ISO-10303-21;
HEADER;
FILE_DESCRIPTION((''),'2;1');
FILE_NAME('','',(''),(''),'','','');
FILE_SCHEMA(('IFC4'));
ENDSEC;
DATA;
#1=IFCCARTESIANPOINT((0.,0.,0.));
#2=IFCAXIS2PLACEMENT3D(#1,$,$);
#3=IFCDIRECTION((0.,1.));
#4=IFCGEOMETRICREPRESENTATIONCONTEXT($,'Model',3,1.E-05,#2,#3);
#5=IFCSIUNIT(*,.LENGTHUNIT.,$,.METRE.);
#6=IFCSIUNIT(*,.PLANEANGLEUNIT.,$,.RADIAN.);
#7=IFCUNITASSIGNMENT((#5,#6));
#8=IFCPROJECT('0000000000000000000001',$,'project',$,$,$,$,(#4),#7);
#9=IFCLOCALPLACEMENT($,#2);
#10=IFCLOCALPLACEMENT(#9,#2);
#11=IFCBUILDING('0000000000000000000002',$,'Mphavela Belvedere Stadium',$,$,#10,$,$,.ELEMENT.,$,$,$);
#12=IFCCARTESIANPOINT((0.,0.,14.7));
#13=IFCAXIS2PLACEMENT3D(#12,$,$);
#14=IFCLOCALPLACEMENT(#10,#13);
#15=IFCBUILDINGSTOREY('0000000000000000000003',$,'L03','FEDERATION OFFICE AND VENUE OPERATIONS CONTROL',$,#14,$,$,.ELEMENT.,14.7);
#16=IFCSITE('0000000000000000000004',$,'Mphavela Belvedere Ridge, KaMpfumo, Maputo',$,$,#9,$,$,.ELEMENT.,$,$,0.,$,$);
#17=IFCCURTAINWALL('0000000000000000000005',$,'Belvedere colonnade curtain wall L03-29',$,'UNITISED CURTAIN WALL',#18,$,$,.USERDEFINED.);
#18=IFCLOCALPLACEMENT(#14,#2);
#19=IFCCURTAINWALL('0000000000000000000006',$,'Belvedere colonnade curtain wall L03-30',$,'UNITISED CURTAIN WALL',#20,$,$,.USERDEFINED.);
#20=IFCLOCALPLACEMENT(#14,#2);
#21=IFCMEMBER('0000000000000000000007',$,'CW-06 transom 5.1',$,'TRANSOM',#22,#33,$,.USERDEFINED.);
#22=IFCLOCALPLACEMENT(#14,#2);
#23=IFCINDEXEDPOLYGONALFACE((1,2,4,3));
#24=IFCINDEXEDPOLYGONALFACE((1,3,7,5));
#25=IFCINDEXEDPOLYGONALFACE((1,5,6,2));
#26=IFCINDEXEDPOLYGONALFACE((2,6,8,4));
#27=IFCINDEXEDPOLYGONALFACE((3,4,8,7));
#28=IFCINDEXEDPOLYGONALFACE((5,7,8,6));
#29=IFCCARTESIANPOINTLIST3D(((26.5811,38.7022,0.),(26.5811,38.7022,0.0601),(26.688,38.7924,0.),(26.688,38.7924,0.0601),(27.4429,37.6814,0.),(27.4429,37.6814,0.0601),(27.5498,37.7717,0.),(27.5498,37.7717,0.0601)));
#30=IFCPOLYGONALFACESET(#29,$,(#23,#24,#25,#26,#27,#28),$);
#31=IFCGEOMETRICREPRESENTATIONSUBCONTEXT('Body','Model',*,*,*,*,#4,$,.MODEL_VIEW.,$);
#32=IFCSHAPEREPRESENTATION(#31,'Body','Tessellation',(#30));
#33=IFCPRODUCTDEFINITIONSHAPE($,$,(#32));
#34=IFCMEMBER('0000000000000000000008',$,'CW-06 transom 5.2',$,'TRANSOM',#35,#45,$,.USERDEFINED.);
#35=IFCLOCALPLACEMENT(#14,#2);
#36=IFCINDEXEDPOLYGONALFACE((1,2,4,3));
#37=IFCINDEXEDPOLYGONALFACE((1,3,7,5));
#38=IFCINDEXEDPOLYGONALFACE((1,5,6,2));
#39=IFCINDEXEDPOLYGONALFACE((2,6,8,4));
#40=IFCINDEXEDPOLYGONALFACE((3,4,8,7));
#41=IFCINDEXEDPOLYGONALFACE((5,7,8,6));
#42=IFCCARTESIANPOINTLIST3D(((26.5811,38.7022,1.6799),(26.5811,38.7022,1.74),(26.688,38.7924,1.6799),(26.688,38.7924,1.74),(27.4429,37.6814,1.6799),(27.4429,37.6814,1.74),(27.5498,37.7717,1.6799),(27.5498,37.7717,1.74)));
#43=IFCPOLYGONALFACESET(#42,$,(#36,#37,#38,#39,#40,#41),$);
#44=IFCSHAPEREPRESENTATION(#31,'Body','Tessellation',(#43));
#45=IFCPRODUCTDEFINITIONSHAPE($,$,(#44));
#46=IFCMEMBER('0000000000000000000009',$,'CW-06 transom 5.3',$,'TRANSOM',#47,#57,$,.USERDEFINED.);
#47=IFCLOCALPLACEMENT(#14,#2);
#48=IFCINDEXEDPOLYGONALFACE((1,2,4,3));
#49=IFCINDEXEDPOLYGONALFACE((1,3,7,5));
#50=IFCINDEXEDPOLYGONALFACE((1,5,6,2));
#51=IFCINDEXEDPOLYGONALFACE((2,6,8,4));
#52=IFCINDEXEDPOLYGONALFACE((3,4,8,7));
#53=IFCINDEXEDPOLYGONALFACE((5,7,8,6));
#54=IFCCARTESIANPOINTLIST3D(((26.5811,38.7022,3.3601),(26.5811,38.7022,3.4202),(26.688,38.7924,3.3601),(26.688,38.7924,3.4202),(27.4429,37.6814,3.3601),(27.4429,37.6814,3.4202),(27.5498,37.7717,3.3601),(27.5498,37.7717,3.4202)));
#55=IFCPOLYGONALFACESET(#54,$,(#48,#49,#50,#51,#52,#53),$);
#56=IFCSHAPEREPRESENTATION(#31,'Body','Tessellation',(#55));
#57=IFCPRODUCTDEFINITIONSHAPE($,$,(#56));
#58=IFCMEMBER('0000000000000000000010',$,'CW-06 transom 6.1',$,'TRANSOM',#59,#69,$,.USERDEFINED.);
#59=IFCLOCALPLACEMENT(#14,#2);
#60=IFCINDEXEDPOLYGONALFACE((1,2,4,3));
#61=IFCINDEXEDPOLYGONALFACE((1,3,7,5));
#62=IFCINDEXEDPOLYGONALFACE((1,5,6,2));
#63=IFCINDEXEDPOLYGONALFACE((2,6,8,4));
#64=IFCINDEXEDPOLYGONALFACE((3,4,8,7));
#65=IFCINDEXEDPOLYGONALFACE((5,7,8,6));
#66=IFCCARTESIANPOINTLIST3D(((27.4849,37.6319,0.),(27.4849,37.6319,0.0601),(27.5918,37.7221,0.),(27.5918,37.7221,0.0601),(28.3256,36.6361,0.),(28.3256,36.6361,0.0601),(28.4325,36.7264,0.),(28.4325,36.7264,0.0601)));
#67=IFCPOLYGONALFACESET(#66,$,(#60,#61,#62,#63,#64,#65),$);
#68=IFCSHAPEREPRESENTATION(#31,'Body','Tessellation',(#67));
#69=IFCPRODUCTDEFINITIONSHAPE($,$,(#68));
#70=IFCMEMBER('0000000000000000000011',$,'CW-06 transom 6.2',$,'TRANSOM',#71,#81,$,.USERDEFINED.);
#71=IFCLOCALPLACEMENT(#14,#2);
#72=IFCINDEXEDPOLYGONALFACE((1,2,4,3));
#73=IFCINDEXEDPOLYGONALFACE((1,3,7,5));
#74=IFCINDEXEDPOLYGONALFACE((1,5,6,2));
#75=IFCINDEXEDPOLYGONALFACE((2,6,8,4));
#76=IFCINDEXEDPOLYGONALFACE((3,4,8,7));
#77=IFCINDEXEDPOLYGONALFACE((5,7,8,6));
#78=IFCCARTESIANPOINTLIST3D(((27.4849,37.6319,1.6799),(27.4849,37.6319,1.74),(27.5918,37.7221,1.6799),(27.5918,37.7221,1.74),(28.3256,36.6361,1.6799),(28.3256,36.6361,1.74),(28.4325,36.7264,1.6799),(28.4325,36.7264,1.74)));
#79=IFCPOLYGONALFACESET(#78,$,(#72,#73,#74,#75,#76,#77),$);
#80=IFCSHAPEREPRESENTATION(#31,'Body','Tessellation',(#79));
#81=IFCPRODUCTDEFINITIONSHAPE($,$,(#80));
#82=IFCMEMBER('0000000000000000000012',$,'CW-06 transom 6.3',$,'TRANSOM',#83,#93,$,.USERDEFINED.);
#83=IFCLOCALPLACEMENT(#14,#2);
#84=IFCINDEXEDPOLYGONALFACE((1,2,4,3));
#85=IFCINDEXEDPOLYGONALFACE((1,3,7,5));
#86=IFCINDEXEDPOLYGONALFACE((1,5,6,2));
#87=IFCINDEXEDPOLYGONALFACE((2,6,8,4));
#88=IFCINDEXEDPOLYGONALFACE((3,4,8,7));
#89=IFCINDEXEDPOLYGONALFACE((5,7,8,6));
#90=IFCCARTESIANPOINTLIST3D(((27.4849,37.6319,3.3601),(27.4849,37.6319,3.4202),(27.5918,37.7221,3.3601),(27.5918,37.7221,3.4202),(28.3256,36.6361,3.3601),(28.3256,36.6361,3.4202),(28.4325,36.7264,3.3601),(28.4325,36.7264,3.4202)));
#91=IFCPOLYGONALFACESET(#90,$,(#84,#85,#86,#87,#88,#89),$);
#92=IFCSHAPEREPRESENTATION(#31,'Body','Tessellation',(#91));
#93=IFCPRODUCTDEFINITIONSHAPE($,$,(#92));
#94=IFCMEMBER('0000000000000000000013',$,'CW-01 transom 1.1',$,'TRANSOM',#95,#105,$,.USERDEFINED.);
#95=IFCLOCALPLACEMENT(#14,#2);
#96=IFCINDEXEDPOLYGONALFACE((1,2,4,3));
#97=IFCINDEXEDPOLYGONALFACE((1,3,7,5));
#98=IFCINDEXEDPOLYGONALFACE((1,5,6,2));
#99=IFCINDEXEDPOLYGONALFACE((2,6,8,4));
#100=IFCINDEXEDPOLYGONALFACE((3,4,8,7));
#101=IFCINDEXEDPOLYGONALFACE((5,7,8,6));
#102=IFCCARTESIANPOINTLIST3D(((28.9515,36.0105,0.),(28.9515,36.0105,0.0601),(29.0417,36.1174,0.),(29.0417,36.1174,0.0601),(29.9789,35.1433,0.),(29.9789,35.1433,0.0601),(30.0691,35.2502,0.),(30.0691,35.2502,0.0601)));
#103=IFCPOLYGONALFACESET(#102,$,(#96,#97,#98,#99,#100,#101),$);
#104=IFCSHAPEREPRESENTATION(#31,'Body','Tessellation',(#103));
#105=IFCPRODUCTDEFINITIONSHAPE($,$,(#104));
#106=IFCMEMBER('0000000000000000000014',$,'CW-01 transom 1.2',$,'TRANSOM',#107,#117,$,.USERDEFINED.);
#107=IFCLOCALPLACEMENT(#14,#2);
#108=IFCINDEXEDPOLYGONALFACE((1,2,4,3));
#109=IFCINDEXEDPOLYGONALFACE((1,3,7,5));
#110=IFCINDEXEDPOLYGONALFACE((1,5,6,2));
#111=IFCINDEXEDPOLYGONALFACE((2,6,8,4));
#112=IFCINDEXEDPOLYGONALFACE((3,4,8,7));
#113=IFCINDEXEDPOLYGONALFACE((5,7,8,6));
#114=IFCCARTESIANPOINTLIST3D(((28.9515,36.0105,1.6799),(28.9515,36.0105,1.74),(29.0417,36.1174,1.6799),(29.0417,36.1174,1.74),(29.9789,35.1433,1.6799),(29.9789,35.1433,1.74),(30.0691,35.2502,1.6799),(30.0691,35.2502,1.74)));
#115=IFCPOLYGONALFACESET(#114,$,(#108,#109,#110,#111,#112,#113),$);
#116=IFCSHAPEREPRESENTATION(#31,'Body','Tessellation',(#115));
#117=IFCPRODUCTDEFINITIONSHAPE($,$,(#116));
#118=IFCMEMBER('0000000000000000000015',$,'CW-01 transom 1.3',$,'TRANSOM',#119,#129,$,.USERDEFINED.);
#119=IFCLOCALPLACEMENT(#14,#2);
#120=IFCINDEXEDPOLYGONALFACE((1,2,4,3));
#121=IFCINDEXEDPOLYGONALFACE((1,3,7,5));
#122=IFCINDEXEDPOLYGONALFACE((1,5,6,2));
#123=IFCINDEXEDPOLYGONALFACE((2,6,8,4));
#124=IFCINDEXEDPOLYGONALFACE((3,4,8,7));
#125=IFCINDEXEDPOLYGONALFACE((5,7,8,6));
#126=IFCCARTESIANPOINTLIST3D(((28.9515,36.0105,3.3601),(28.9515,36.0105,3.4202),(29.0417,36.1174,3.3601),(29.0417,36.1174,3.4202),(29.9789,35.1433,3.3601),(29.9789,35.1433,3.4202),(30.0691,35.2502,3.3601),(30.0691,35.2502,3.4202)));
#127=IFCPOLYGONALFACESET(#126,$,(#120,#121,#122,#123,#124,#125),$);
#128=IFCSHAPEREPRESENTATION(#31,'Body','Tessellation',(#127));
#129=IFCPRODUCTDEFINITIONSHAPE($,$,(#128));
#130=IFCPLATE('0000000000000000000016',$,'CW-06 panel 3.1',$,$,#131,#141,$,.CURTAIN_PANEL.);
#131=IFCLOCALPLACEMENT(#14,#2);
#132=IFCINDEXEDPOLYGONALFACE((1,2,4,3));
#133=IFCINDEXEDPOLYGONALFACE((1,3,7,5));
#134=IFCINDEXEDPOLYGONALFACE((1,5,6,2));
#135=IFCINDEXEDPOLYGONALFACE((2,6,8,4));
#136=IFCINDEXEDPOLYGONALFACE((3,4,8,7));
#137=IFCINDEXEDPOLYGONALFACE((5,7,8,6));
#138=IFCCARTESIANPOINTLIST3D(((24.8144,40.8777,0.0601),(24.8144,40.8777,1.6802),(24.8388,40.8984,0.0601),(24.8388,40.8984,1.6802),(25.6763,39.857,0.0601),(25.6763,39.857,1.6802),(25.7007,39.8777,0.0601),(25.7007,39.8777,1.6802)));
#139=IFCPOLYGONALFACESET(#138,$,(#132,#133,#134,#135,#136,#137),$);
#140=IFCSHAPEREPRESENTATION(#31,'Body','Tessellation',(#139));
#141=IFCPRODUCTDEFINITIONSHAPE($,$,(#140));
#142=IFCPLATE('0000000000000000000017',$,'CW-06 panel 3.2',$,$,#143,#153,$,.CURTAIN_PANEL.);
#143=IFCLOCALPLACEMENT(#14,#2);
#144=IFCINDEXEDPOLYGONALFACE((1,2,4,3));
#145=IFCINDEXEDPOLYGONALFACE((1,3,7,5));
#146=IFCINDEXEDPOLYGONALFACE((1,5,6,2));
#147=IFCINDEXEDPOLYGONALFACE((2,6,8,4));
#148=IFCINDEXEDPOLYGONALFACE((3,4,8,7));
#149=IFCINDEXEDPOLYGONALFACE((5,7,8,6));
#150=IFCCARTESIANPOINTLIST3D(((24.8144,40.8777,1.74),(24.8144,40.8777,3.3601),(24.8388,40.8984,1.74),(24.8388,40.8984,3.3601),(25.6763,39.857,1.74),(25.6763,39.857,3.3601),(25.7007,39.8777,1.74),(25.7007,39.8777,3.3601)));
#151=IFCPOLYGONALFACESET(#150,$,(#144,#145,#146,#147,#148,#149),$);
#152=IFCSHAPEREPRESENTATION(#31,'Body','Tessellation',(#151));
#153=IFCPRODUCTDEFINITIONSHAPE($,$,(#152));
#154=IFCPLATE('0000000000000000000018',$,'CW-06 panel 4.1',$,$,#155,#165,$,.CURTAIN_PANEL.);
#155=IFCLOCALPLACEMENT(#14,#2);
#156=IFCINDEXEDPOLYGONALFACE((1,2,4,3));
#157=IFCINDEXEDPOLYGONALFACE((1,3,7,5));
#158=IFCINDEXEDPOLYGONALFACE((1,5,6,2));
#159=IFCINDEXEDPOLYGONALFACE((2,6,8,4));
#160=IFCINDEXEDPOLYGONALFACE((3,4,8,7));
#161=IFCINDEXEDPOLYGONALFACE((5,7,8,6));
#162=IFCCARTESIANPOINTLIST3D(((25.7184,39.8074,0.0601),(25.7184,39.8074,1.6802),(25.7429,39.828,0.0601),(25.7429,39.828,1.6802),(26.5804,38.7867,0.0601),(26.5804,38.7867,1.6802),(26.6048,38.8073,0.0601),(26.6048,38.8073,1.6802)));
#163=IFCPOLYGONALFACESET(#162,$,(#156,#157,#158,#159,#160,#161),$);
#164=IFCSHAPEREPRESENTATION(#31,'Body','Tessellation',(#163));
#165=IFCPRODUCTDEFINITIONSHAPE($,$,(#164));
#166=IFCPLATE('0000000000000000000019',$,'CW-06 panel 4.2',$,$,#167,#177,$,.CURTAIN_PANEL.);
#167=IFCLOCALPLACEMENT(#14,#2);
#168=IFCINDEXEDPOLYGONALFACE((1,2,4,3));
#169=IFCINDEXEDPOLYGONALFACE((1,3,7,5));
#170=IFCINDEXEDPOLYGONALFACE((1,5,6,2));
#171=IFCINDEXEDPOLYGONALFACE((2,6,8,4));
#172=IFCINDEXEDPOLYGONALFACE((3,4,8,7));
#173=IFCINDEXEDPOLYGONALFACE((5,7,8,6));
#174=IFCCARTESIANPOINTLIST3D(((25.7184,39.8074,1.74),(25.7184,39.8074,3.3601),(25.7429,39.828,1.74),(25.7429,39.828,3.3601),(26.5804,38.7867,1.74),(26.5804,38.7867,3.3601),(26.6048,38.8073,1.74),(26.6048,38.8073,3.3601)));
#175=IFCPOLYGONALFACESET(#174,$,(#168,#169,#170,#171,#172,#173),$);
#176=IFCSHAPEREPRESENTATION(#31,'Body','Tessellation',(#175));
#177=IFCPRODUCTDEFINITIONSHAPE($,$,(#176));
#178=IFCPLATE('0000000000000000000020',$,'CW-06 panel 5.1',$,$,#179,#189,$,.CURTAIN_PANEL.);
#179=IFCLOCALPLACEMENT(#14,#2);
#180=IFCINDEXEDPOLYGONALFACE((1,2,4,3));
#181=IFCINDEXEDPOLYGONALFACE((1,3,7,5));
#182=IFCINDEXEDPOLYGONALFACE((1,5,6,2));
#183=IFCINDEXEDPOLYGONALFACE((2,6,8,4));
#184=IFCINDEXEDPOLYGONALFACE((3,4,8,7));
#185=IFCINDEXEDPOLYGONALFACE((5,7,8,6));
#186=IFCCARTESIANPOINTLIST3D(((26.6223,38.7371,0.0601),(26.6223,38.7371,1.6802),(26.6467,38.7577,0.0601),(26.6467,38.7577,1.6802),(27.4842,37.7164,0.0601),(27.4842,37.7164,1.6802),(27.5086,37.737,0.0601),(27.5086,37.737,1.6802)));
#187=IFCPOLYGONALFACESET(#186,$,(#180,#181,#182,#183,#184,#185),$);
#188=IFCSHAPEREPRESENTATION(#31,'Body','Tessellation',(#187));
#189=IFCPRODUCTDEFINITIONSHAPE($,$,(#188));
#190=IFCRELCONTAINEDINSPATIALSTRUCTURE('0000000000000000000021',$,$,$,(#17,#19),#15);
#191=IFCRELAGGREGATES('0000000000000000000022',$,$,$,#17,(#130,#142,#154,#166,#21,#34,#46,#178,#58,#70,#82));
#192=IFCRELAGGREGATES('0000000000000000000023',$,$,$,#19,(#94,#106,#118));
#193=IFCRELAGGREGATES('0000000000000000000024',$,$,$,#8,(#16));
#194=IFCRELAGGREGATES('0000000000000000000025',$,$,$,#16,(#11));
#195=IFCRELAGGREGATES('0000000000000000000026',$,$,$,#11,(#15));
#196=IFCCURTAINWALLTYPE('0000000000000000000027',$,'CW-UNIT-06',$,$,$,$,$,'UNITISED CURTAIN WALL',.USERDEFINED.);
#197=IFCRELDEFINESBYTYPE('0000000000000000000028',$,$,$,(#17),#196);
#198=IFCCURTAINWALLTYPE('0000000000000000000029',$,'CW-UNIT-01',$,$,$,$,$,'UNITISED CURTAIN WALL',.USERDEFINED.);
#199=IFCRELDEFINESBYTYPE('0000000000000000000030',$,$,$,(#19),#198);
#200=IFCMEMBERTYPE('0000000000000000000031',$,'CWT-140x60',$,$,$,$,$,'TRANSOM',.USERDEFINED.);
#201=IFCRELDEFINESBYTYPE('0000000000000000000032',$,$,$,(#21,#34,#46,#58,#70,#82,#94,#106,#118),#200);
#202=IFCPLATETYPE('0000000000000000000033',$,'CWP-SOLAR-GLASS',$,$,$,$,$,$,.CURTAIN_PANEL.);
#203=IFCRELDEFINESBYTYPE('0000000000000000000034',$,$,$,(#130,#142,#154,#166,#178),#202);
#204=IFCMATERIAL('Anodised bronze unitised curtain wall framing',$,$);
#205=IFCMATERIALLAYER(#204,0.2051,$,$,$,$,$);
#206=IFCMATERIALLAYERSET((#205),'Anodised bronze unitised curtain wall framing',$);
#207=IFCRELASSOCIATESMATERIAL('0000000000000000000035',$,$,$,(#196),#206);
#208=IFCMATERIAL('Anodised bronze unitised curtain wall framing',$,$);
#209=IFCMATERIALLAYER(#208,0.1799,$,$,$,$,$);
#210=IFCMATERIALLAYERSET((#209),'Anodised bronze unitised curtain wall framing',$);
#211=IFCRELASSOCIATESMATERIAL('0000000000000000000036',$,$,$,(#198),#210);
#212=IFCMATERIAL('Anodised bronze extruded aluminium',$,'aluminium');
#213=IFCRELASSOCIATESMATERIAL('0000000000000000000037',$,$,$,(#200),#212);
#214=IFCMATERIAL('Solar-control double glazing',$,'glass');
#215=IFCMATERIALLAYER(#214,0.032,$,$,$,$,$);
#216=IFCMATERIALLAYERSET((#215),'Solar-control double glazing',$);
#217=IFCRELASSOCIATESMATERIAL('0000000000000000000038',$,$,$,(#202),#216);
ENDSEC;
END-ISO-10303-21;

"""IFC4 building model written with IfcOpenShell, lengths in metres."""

from ifc_helpers import new_model, si_unit, direction, frame, origin, origin_2d, place, context, subcontext, project, spatial, rectangle, extrude, material, layer, layer_set, material_profile, profile_set, type_object, element, aggregate, save


model = new_model("IFC4")

# Units and contexts
model_context = context("Model", 3, precision=1e-05, world=origin(), true_north=direction((0.0, 1.0)))
body_context = subcontext(model_context, "Body", "Model", "MODEL_VIEW")
ifc_project = project(units=[si_unit("LENGTHUNIT", "METRE"), si_unit("PLANEANGLEUNIT", "RADIAN")], contexts=[model_context])

# Site, building, storey
site_placement = place(None, origin())
site = spatial("IfcSite", under=ifc_project, at=site_placement, Name="Mphavela Belvedere Ridge, KaMpfumo, Maputo", CompositionType="ELEMENT", RefElevation=0.0)
building_placement = place(site_placement, origin())
building = spatial("IfcBuilding", under=site, at=building_placement, Name="Mphavela Belvedere Stadium", CompositionType="ELEMENT")
storey_placement = place(building_placement, frame((0.0, 0.0, 14.7)))
storey = spatial("IfcBuildingStorey", under=building, at=storey_placement, Name="L03", Description="FEDERATION OFFICE AND VENUE OPERATIONS CONTROL", CompositionType="ELEMENT", Elevation=14.7)

# Curtain wall
ifc_material_1 = material(Name="Anodised bronze unitised curtain wall framing")
ifc_layer_1 = layer(ifc_material_1, 0.2051)
ifc_layer_set_1 = layer_set([ifc_layer_1], Name="Anodised bronze unitised curtain wall framing")
curtain_wall_type_1 = type_object("IfcCurtainWallType", Name="CW-UNIT-06", ElementType="UNITISED CURTAIN WALL", PredefinedType="USERDEFINED", material=ifc_layer_set_1)
curtain_wall_1_placement = place(storey_placement, origin())
curtain_wall_1 = element("IfcCurtainWall", 1, at=curtain_wall_1_placement, inside=storey, type_object=curtain_wall_type_1, Name="Belvedere colonnade curtain wall L03-29", ObjectType="UNITISED CURTAIN WALL", PredefinedType="USERDEFINED")

# Curtain wall
ifc_material_2 = material(Name="Anodised bronze unitised curtain wall framing")
ifc_layer_2 = layer(ifc_material_2, 0.1799)
ifc_layer_set_2 = layer_set([ifc_layer_2], Name="Anodised bronze unitised curtain wall framing")
curtain_wall_type_2 = type_object("IfcCurtainWallType", Name="CW-UNIT-01", ElementType="UNITISED CURTAIN WALL", PredefinedType="USERDEFINED", material=ifc_layer_set_2)
curtain_wall_2_placement = place(storey_placement, origin())
curtain_wall_2 = element("IfcCurtainWall", 2, at=curtain_wall_2_placement, inside=storey, type_object=curtain_wall_type_2, Name="Belvedere colonnade curtain wall L03-30", ObjectType="UNITISED CURTAIN WALL", PredefinedType="USERDEFINED")

# Members
ifc_material_3 = material(Name="Anodised bronze extruded aluminium", Category="aluminium")
ifc_material_profile_1 = material_profile(ifc_material_3, rectangle(XDim=0.1399, YDim=0.0601, at=origin_2d()), Name="CW-TRN 140x60")
ifc_profile_set_1 = profile_set([ifc_material_profile_1], Name="Anodised bronze extruded aluminium")
member_type_1 = type_object("IfcMemberType", Name="CWT-140x60", ElementType="TRANSOM", PredefinedType="USERDEFINED", material=ifc_profile_set_1)
member_1_placement = place(storey_placement, frame((26.6345, 38.7473, 0.03), z_axis=(0.645114, -0.764086, 0.0), x_axis=(0.764086, 0.645114, 0.0)))
member_1 = element("IfcMember", 3, at=member_1_placement, type_object=member_type_1, Name="CW-06 transom 5.1", ObjectType="TRANSOM", PredefinedType="USERDEFINED", context=body_context, shape_type="SweptSolid", body=[
    extrude(rectangle(XDim=0.1399, YDim=0.0601, at=origin_2d()), origin(), (0.0, 0.0, 1.0), 1.3359),
])
member_2_placement = place(storey_placement, frame((26.6345, 38.7473, 1.71), z_axis=(0.645114, -0.764086, 0.0), x_axis=(0.764086, 0.645114, 0.0)))
member_2 = element("IfcMember", 4, at=member_2_placement, type_object=member_type_1, Name="CW-06 transom 5.2", ObjectType="TRANSOM", PredefinedType="USERDEFINED", context=body_context, shape_type="SweptSolid", body=[
    extrude(rectangle(XDim=0.1399, YDim=0.0601, at=origin_2d()), origin(), (0.0, 0.0, 1.0), 1.3359),
])
member_3_placement = place(storey_placement, frame((26.6345, 38.7473, 3.3901), z_axis=(0.645114, -0.764086, 0.0), x_axis=(0.764086, 0.645114, 0.0)))
member_3 = element("IfcMember", 5, at=member_3_placement, type_object=member_type_1, Name="CW-06 transom 5.3", ObjectType="TRANSOM", PredefinedType="USERDEFINED", context=body_context, shape_type="SweptSolid", body=[
    extrude(rectangle(XDim=0.1399, YDim=0.0601, at=origin_2d()), origin(), (0.0, 0.0, 1.0), 1.3359),
])
member_4_placement = place(storey_placement, frame((27.5383, 37.677, 0.03), z_axis=(0.645127, -0.764075, 0.0), x_axis=(0.764075, 0.645127, 0.0)))
member_4 = element("IfcMember", 6, at=member_4_placement, type_object=member_type_1, Name="CW-06 transom 6.1", ObjectType="TRANSOM", PredefinedType="USERDEFINED", context=body_context, shape_type="SweptSolid", body=[
    extrude(rectangle(XDim=0.1399, YDim=0.0601, at=origin_2d()), origin(), (0.0, 0.0, 1.0), 1.3032),
])
member_5_placement = place(storey_placement, frame((27.5383, 37.677, 1.71), z_axis=(0.645127, -0.764075, 0.0), x_axis=(0.764075, 0.645127, 0.0)))
member_5 = element("IfcMember", 7, at=member_5_placement, type_object=member_type_1, Name="CW-06 transom 6.2", ObjectType="TRANSOM", PredefinedType="USERDEFINED", context=body_context, shape_type="SweptSolid", body=[
    extrude(rectangle(XDim=0.1399, YDim=0.0601, at=origin_2d()), origin(), (0.0, 0.0, 1.0), 1.3032),
])
member_6_placement = place(storey_placement, frame((27.5383, 37.677, 3.3901), z_axis=(0.645127, -0.764075, 0.0), x_axis=(0.764075, 0.645127, 0.0)))
member_6 = element("IfcMember", 8, at=member_6_placement, type_object=member_type_1, Name="CW-06 transom 6.3", ObjectType="TRANSOM", PredefinedType="USERDEFINED", context=body_context, shape_type="SweptSolid", body=[
    extrude(rectangle(XDim=0.1399, YDim=0.0601, at=origin_2d()), origin(), (0.0, 0.0, 1.0), 1.3032),
])
member_7_placement = place(storey_placement, frame((28.9966, 36.064, 0.03), z_axis=(0.764157, -0.64503, 0.0), x_axis=(0.64503, 0.764157, 0.0)))
member_7 = element("IfcMember", 9, at=member_7_placement, type_object=member_type_1, Name="CW-01 transom 1.1", ObjectType="TRANSOM", PredefinedType="USERDEFINED", context=body_context, shape_type="SweptSolid", body=[
    extrude(rectangle(XDim=0.1399, YDim=0.0601, at=origin_2d()), origin(), (0.0, 0.0, 1.0), 1.3445),
])
member_8_placement = place(storey_placement, frame((28.9966, 36.064, 1.71), z_axis=(0.764157, -0.64503, 0.0), x_axis=(0.64503, 0.764157, 0.0)))
member_8 = element("IfcMember", 10, at=member_8_placement, type_object=member_type_1, Name="CW-01 transom 1.2", ObjectType="TRANSOM", PredefinedType="USERDEFINED", context=body_context, shape_type="SweptSolid", body=[
    extrude(rectangle(XDim=0.1399, YDim=0.0601, at=origin_2d()), origin(), (0.0, 0.0, 1.0), 1.3445),
])
member_9_placement = place(storey_placement, frame((28.9966, 36.064, 3.3901), z_axis=(0.764157, -0.64503, 0.0), x_axis=(0.64503, 0.764157, 0.0)))
member_9 = element("IfcMember", 11, at=member_9_placement, type_object=member_type_1, Name="CW-01 transom 1.3", ObjectType="TRANSOM", PredefinedType="USERDEFINED", context=body_context, shape_type="SweptSolid", body=[
    extrude(rectangle(XDim=0.1399, YDim=0.0601, at=origin_2d()), origin(), (0.0, 0.0, 1.0), 1.3445),
])

# Plates
ifc_material_4 = material(Name="Solar-control double glazing", Category="glass")
ifc_layer_3 = layer(ifc_material_4, 0.032)
ifc_layer_set_3 = layer_set([ifc_layer_3], Name="Solar-control double glazing")
plate_type = type_object("IfcPlateType", Name="CWP-SOLAR-GLASS", PredefinedType="CURTAIN_PANEL", material=ifc_layer_set_3)
plate_1_placement = place(storey_placement, frame((25.2576, 40.3777, 0.0601), z_axis=(0.0, 0.0, 1.0), x_axis=(0.645179, -0.764031, 0.0)))
plate_1 = element("IfcPlate", 12, at=plate_1_placement, type_object=plate_type, Name="CW-06 panel 3.1", PredefinedType="CURTAIN_PANEL", context=body_context, shape_type="SweptSolid", body=[
    extrude(rectangle(XDim=1.3359, YDim=0.032, at=origin_2d()), origin(), (0.0, 0.0, 1.0), 1.6201),
])
plate_2_placement = place(storey_placement, frame((25.2576, 40.3777, 1.74), z_axis=(0.0, 0.0, 1.0), x_axis=(0.645179, -0.764031, 0.0)))
plate_2 = element("IfcPlate", 13, at=plate_2_placement, type_object=plate_type, Name="CW-06 panel 3.2", PredefinedType="CURTAIN_PANEL", context=body_context, shape_type="SweptSolid", body=[
    extrude(rectangle(XDim=1.3359, YDim=0.032, at=origin_2d()), origin(), (0.0, 0.0, 1.0), 1.6201),
])
plate_3_placement = place(storey_placement, frame((26.1616, 39.3074, 0.0601), z_axis=(0.0, 0.0, 1.0), x_axis=(0.645179, -0.764031, 0.0)))
plate_3 = element("IfcPlate", 14, at=plate_3_placement, type_object=plate_type, Name="CW-06 panel 4.1", PredefinedType="CURTAIN_PANEL", context=body_context, shape_type="SweptSolid", body=[
    extrude(rectangle(XDim=1.3359, YDim=0.032, at=origin_2d()), origin(), (0.0, 0.0, 1.0), 1.6201),
])
plate_4_placement = place(storey_placement, frame((26.1616, 39.3074, 1.74), z_axis=(0.0, 0.0, 1.0), x_axis=(0.645179, -0.764031, 0.0)))
plate_4 = element("IfcPlate", 15, at=plate_4_placement, type_object=plate_type, Name="CW-06 panel 4.2", PredefinedType="CURTAIN_PANEL", context=body_context, shape_type="SweptSolid", body=[
    extrude(rectangle(XDim=1.3359, YDim=0.032, at=origin_2d()), origin(), (0.0, 0.0, 1.0), 1.6201),
])
plate_5_placement = place(storey_placement, frame((27.0654, 38.2371, 0.0601), z_axis=(0.0, 0.0, 1.0), x_axis=(0.645179, -0.764031, 0.0)))
plate_5 = element("IfcPlate", 16, at=plate_5_placement, type_object=plate_type, Name="CW-06 panel 5.1", PredefinedType="CURTAIN_PANEL", context=body_context, shape_type="SweptSolid", body=[
    extrude(rectangle(XDim=1.3359, YDim=0.032, at=origin_2d()), origin(), (0.0, 0.0, 1.0), 1.6201),
])
aggregate(curtain_wall_1, [plate_1, plate_2, plate_3, plate_4, member_1, member_2, member_3, plate_5, member_4, member_5, member_6])
aggregate(curtain_wall_2, [member_7, member_8, member_9])

save(model, "model.ifc")
